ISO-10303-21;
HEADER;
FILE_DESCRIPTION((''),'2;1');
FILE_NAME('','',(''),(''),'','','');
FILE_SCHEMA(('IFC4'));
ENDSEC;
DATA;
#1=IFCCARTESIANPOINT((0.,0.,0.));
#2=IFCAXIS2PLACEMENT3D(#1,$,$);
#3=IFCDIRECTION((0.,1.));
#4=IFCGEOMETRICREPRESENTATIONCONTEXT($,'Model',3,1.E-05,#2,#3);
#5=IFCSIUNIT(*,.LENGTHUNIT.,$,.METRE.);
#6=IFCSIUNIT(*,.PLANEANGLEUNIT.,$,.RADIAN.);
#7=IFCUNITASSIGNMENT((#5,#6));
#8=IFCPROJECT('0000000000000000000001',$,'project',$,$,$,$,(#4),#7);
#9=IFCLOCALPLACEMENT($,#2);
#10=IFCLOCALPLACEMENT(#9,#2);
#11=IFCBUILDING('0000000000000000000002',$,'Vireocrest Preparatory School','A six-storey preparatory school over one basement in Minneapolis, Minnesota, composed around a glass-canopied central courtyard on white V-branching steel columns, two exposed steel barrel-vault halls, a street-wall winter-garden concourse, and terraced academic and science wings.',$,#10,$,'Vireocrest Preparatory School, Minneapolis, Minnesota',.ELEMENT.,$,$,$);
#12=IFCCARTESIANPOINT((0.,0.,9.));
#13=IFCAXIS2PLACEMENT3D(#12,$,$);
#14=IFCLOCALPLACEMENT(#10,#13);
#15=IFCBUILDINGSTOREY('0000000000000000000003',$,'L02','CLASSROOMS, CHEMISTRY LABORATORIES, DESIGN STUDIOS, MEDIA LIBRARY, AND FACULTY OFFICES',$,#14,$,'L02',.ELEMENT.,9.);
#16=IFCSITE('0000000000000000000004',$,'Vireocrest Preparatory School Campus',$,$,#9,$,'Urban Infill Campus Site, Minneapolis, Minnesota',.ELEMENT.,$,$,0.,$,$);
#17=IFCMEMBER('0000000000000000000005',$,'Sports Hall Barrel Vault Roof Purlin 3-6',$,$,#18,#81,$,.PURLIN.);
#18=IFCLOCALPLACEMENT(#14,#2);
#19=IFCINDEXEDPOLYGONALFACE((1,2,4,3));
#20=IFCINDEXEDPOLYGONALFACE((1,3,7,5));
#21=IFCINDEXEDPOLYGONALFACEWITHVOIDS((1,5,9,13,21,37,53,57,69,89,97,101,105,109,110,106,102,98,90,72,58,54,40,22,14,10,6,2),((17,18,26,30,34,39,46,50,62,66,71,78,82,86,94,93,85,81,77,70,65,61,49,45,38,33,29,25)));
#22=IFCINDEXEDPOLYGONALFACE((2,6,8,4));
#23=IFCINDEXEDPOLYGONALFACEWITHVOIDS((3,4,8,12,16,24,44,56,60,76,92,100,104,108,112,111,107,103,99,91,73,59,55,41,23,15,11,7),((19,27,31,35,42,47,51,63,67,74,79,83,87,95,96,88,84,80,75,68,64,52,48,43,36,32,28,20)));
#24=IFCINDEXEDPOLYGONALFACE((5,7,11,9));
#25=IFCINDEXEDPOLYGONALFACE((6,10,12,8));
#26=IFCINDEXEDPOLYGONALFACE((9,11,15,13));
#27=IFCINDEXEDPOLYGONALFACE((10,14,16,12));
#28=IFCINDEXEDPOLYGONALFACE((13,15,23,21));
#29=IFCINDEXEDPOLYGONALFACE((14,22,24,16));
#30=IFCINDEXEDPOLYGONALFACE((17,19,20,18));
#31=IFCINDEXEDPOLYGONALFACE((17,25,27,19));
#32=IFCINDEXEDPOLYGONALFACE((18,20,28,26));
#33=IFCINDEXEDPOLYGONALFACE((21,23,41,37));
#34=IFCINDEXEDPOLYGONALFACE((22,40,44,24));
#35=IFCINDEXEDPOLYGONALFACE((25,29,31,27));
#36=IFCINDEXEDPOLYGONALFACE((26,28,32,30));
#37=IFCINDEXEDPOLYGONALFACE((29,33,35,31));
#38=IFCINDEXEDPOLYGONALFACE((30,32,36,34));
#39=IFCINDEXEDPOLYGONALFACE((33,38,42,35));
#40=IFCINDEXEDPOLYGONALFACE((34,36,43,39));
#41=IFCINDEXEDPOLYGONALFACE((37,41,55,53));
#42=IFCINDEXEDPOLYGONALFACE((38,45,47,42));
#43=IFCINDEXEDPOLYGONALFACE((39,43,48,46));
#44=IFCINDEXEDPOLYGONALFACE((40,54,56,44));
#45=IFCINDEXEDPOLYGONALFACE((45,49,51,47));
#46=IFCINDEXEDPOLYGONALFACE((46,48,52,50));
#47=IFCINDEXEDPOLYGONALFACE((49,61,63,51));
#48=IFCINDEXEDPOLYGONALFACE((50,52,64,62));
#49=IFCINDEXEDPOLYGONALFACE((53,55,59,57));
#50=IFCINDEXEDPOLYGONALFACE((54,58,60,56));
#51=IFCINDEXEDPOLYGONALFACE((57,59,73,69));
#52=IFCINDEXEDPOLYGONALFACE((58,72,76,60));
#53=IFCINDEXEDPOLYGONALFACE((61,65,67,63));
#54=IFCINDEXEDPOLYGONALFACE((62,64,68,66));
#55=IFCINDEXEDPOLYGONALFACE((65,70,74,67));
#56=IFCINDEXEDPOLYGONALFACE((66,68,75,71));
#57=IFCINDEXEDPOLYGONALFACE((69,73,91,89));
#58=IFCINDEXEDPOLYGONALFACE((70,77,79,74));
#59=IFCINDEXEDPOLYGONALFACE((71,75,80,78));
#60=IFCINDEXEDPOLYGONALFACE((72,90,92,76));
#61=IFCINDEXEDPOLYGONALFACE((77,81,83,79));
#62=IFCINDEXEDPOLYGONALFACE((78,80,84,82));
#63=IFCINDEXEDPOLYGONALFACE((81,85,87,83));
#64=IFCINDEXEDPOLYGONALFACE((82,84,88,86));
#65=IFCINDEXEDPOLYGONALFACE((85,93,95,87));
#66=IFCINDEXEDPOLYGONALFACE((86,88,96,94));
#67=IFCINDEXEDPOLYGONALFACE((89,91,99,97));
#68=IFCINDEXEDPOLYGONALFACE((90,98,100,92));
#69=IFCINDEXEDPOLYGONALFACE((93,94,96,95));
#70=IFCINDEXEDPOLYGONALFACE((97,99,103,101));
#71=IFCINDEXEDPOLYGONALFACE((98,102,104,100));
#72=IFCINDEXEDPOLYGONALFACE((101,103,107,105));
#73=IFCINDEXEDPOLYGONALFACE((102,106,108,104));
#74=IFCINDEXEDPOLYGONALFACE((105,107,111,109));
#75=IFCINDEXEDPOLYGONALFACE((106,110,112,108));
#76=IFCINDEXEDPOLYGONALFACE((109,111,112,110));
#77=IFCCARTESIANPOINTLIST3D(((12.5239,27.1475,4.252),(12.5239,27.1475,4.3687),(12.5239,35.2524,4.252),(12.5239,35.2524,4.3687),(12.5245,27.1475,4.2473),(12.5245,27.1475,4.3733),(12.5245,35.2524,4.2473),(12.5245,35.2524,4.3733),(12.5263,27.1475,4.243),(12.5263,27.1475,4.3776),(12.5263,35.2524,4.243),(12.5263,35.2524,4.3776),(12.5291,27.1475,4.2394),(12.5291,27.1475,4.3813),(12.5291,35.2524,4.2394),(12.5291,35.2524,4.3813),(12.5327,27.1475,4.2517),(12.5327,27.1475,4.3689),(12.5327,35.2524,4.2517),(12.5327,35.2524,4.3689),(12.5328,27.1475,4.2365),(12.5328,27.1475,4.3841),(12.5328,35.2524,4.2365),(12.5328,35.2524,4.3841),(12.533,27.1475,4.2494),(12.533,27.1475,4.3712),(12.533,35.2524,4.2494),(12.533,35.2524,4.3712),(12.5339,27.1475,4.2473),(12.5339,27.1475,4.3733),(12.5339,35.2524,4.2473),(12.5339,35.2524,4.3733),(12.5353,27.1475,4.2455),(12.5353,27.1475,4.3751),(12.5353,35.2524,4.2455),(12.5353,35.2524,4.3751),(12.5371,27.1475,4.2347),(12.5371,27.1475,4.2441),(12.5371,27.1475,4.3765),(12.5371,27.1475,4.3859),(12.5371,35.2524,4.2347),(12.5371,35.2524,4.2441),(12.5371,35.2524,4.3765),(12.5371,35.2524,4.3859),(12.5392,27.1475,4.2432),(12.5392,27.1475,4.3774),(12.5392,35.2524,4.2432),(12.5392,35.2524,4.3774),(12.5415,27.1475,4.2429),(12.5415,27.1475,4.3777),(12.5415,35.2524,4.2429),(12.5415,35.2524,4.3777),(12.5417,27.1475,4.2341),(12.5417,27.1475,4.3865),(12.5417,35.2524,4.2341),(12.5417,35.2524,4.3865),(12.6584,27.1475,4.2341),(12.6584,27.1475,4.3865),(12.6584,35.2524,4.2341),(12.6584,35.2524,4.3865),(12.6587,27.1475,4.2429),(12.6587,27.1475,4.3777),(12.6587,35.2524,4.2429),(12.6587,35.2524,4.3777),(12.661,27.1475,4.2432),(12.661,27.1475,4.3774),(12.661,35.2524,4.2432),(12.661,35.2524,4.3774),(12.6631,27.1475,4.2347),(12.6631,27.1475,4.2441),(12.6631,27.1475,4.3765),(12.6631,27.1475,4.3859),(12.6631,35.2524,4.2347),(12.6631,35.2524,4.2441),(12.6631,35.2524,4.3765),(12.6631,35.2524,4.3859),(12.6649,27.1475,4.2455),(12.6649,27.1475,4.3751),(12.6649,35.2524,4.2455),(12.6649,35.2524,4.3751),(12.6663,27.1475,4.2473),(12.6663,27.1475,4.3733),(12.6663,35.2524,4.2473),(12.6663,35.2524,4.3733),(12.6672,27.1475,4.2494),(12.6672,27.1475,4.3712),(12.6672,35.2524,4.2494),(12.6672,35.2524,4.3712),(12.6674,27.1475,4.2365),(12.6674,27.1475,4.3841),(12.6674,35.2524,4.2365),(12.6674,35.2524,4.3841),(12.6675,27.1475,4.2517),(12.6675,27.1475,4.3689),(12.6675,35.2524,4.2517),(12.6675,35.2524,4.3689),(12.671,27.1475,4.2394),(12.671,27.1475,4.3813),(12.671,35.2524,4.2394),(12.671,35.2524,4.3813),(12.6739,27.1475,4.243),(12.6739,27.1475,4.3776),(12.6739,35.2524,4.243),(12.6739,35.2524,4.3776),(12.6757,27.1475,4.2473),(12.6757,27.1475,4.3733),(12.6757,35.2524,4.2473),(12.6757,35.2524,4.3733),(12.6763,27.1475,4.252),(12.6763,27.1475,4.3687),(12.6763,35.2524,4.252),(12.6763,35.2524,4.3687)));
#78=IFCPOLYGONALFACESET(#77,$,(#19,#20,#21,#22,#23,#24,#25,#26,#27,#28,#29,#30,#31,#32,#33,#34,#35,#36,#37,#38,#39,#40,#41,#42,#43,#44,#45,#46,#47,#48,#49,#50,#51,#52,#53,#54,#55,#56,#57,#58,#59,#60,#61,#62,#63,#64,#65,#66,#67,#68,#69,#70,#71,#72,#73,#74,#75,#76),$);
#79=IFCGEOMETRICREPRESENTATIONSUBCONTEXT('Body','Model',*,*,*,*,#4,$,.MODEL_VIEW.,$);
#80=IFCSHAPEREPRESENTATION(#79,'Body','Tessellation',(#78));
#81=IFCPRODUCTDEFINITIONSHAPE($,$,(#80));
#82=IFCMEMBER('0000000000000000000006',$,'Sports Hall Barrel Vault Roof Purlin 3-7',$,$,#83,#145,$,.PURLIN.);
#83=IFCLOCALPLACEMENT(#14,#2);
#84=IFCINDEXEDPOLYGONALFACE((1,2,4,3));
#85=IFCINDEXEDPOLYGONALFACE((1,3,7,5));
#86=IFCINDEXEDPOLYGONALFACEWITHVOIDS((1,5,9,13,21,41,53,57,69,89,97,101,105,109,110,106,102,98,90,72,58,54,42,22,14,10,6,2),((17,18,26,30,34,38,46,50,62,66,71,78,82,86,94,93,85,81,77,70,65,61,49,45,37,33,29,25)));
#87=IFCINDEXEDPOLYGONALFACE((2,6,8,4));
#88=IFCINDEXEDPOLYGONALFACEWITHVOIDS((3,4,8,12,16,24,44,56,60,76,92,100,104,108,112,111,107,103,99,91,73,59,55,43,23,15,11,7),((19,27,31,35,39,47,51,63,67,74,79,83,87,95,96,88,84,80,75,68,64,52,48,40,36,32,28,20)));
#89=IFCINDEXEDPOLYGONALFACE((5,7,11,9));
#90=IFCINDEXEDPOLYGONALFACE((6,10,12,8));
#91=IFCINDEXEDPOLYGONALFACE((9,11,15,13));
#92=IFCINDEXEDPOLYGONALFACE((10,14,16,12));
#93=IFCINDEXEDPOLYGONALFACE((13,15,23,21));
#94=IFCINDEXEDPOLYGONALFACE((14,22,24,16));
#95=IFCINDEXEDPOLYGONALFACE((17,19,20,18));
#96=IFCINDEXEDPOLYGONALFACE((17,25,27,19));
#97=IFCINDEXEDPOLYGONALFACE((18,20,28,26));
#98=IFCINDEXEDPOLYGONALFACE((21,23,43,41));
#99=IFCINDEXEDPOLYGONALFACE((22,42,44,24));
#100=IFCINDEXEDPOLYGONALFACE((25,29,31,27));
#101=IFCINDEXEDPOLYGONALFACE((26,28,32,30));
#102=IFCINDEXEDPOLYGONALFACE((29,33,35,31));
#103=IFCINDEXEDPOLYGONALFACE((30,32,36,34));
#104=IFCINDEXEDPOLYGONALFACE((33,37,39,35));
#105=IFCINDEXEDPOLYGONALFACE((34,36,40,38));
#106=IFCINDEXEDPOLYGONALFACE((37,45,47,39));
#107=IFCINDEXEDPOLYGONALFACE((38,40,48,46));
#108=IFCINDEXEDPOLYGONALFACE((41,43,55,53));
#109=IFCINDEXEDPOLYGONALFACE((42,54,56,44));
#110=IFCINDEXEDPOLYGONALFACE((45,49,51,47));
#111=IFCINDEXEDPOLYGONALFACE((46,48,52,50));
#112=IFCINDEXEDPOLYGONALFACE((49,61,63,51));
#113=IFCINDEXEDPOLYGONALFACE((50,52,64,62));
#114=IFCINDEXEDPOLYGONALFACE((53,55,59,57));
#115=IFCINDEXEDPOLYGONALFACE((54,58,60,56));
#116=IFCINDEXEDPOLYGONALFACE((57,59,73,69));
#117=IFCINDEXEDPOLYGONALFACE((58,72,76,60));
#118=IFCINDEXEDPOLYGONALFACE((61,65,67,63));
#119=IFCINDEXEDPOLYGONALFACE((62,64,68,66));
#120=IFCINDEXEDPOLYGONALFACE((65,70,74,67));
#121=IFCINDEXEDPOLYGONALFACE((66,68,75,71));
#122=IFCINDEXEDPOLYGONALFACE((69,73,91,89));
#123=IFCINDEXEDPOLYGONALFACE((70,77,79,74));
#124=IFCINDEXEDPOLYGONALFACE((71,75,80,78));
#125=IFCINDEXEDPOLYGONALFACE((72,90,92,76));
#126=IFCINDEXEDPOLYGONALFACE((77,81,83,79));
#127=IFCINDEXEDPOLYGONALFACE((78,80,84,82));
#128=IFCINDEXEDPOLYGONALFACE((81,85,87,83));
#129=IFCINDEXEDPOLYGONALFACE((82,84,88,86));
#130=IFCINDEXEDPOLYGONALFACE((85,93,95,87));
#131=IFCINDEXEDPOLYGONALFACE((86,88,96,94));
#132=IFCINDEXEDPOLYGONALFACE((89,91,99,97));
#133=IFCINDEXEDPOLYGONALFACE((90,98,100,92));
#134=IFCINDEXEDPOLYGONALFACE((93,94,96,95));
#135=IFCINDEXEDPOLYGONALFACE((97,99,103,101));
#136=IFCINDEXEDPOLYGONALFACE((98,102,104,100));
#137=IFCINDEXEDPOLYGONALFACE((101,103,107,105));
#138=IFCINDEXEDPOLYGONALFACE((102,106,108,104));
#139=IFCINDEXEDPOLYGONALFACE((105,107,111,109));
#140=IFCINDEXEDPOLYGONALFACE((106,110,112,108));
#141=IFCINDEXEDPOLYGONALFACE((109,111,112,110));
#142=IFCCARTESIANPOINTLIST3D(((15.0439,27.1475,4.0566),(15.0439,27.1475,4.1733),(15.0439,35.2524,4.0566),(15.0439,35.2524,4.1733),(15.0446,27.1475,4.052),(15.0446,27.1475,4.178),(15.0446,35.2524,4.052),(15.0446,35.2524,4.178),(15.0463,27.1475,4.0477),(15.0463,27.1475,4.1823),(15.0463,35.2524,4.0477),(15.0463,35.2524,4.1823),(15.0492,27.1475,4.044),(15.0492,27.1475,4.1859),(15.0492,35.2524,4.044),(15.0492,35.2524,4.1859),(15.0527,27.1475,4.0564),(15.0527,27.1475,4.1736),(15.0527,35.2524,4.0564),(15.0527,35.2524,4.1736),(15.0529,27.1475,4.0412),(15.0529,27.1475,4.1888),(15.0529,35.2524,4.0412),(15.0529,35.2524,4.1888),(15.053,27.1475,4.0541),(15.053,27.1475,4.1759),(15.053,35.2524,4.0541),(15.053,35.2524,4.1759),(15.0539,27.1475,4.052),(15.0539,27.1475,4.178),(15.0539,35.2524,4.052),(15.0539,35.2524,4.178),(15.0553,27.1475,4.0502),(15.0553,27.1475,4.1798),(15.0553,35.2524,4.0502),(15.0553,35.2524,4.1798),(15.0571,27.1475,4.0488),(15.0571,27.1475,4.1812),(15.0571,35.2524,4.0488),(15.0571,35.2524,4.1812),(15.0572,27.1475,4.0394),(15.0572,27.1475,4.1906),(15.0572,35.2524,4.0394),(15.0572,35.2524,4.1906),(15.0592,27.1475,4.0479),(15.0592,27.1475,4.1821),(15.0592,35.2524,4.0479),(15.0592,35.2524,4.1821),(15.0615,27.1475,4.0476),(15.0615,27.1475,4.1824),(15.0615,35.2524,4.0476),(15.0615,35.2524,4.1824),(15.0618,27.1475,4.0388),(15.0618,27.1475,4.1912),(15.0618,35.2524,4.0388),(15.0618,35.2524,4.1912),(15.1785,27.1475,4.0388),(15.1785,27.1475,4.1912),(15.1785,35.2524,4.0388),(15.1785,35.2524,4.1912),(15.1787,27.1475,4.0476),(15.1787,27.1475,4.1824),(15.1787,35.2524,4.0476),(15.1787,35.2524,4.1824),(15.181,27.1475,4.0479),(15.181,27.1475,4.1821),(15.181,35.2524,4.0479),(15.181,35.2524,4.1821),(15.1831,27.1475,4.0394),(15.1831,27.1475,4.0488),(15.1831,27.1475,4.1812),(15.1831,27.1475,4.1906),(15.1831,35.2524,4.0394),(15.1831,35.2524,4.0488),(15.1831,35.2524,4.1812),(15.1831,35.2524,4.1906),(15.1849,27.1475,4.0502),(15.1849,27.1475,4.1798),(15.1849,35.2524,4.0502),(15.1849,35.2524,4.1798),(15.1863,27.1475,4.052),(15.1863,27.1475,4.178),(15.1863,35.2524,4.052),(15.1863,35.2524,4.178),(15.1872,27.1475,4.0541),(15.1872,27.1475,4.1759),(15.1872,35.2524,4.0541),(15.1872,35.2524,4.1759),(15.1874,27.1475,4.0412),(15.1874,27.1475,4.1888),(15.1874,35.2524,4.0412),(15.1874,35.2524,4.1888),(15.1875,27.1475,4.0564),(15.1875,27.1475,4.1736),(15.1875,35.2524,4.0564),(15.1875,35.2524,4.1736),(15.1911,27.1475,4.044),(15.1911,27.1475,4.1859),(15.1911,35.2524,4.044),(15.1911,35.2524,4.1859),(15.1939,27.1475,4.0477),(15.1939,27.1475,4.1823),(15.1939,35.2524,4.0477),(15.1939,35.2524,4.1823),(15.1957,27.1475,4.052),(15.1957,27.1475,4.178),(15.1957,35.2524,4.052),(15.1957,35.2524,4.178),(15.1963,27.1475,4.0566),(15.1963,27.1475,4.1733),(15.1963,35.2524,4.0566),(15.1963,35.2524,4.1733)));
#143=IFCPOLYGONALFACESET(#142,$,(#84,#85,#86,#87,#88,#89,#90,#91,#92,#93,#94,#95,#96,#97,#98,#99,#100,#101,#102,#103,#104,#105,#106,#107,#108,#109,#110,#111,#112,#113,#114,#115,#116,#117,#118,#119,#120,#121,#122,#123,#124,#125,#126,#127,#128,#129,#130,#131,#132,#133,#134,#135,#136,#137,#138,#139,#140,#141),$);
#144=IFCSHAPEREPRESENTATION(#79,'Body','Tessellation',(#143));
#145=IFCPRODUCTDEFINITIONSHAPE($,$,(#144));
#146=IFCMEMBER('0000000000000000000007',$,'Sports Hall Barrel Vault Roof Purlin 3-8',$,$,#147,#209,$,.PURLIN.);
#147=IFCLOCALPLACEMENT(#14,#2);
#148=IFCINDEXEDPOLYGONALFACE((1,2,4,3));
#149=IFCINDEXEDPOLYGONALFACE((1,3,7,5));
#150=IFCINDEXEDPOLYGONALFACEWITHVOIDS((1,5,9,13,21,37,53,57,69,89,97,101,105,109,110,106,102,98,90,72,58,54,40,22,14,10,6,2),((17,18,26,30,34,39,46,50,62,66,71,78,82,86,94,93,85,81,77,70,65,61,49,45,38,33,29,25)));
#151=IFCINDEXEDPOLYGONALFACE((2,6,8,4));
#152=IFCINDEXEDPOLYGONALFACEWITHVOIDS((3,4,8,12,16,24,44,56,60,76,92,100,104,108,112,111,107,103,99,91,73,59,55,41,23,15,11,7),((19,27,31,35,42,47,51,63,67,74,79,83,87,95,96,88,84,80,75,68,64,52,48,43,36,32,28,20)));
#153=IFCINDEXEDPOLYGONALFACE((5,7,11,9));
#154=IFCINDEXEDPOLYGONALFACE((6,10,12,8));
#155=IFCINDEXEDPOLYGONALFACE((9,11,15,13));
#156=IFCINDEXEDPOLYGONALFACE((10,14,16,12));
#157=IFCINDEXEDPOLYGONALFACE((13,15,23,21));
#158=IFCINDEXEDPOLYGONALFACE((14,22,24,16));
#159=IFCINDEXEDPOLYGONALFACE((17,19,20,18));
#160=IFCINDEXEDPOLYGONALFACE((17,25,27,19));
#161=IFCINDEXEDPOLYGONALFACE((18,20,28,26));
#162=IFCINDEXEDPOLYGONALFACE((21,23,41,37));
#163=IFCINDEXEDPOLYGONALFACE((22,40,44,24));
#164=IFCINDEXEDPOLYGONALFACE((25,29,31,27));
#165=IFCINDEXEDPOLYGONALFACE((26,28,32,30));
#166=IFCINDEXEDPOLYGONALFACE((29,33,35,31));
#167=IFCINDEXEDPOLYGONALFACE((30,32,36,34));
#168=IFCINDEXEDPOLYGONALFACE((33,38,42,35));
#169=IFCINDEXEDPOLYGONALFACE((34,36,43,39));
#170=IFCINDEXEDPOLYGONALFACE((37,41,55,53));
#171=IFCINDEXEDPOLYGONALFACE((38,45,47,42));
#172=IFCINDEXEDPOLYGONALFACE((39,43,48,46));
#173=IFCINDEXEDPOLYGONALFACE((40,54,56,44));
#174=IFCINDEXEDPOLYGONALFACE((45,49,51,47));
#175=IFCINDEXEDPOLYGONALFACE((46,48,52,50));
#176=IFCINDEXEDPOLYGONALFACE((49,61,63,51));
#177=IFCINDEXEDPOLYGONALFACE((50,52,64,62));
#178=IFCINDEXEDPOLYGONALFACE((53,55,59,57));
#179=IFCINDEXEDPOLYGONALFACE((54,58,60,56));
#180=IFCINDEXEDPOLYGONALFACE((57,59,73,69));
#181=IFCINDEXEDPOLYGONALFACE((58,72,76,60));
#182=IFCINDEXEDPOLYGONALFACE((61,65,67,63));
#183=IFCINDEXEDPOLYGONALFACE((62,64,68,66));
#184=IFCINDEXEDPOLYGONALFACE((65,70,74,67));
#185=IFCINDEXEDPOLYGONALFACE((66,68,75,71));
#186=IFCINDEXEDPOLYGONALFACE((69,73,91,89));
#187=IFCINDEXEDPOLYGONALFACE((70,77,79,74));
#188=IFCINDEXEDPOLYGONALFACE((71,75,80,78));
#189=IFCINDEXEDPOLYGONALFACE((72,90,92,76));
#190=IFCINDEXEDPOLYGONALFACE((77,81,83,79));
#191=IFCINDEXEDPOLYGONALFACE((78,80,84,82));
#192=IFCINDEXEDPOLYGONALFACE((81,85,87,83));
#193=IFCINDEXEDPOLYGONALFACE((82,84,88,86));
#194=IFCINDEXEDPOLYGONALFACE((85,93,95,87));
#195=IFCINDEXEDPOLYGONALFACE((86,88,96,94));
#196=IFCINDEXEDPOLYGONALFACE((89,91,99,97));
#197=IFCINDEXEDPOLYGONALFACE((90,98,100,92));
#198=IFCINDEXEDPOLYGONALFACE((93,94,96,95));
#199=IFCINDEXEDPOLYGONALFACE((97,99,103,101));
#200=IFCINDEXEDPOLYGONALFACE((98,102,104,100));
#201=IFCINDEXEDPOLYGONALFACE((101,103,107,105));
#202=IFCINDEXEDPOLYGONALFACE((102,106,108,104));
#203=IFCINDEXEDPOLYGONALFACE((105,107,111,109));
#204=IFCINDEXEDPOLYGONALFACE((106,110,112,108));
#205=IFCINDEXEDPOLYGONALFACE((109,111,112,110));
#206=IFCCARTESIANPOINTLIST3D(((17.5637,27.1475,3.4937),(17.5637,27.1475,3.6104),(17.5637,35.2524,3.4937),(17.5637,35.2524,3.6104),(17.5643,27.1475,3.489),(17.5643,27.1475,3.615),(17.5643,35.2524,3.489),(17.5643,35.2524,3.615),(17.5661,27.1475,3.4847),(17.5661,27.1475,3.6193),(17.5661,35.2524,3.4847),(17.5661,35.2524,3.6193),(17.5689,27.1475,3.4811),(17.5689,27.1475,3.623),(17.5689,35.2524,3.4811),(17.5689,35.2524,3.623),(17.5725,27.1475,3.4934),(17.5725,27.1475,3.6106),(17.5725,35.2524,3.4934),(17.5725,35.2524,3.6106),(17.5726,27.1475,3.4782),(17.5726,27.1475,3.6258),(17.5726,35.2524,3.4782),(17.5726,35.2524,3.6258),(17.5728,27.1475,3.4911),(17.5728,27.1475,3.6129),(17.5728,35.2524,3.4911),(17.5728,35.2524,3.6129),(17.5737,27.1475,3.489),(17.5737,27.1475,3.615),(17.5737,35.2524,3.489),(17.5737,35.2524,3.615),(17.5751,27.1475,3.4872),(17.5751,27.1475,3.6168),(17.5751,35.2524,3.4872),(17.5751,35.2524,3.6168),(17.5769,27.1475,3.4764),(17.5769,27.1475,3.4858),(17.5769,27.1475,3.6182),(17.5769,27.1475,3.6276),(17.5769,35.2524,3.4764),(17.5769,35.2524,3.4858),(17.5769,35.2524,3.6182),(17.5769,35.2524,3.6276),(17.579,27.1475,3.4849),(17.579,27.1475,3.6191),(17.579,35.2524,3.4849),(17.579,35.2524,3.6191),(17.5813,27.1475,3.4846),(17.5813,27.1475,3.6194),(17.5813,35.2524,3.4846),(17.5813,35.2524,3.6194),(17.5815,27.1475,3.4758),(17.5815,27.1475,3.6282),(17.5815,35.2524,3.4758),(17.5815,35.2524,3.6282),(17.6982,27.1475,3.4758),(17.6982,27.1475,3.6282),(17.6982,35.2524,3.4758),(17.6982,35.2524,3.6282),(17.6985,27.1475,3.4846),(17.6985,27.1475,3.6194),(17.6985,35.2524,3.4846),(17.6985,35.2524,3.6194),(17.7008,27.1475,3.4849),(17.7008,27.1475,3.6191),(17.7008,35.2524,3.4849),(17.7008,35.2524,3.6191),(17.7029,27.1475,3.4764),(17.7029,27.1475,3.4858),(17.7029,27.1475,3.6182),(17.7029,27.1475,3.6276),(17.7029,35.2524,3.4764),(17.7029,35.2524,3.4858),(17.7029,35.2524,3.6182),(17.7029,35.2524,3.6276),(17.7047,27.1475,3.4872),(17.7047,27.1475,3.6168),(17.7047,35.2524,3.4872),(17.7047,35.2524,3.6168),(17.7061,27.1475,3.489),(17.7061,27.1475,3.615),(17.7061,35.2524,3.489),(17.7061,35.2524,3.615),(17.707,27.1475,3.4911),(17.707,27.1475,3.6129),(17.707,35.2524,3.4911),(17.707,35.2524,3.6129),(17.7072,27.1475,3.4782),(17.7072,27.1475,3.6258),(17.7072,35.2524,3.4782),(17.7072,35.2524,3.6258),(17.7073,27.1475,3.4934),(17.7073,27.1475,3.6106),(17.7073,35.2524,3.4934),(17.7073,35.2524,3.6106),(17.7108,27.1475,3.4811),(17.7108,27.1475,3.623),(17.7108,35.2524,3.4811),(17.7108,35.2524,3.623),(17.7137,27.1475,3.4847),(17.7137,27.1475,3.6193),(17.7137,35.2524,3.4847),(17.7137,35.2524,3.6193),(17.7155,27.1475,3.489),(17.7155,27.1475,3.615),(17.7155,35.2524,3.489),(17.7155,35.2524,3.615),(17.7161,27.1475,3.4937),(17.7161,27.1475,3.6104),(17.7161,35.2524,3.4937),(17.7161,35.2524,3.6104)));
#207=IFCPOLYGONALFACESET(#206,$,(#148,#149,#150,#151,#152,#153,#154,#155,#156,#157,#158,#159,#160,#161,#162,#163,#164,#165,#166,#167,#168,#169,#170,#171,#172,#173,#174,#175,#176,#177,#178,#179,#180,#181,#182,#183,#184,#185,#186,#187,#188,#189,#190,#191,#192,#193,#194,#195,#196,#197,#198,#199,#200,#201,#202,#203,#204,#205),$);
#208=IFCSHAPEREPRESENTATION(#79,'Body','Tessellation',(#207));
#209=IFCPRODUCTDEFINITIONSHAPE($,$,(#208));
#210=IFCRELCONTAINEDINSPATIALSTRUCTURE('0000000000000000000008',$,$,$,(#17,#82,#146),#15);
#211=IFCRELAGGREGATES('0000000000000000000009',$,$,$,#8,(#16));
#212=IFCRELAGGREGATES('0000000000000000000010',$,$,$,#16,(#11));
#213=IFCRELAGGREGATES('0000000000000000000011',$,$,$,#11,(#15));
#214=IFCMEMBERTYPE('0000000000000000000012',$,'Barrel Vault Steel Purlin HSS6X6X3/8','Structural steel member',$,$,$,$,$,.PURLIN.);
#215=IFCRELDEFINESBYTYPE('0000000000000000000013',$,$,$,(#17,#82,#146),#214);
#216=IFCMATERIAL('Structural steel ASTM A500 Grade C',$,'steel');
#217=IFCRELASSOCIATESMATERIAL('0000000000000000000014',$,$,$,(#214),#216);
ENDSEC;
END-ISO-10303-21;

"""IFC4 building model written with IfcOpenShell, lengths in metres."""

from ifc_helpers import new_model, si_unit, direction, frame, origin, origin_2d, place, context, subcontext, project, spatial, hollow_rectangle, extrude, material, material_profile, profile_set, type_object, element, save


model = new_model("IFC4")

# Units and contexts
model_context = context("Model", 3, precision=1e-05, world=origin(), true_north=direction((0.0, 1.0)))
body_context = subcontext(model_context, "Body", "Model", "MODEL_VIEW")
ifc_project = project(units=[si_unit("LENGTHUNIT", "METRE"), si_unit("PLANEANGLEUNIT", "RADIAN")], contexts=[model_context])

# Site, building, storey
site_placement = place(None, origin())
site = spatial("IfcSite", under=ifc_project, at=site_placement, Name="Vireocrest Preparatory School Campus", LongName="Urban Infill Campus Site, Minneapolis, Minnesota", CompositionType="ELEMENT", RefElevation=0.0)
building_placement = place(site_placement, origin())
building = spatial("IfcBuilding", under=site, at=building_placement, Name="Vireocrest Preparatory School", Description="A six-storey preparatory school over one basement in Minneapolis, Minnesota, composed around a glass-canopied central courtyard on white V-branching steel columns, two exposed steel barrel-vault halls, a street-wall winter-garden concourse, and terraced academic and science wings.", LongName="Vireocrest Preparatory School, Minneapolis, Minnesota", CompositionType="ELEMENT")
storey_placement = place(building_placement, frame((0.0, 0.0, 9.0)))
storey = spatial("IfcBuildingStorey", under=building, at=storey_placement, Name="L02", Description="CLASSROOMS, CHEMISTRY LABORATORIES, DESIGN STUDIOS, MEDIA LIBRARY, AND FACULTY OFFICES", LongName="L02", CompositionType="ELEMENT", Elevation=9.0)

# Members
ifc_material_1 = material(Name="Structural steel ASTM A500 Grade C", Category="steel")
ifc_material_profile_1 = material_profile(ifc_material_1, hollow_rectangle(XDim=0.1523, YDim=0.1523, WallThickness=0.0088, InnerFilletRadius=0.0088, OuterFilletRadius=0.0178, at=origin_2d()), Name="HSS6X6X3/8")
ifc_profile_set_1 = profile_set([ifc_material_profile_1], Name="Structural steel ASTM A500 Grade C")
member_type = type_object("IfcMemberType", Name="Barrel Vault Steel Purlin HSS6X6X3/8", Description="Structural steel member", PredefinedType="PURLIN", material=ifc_profile_set_1)
for number, where, z_axis, x_axis, name in (
    (1, (12.6001, 27.1475, 4.3103), (0.0, 1.0, 0.0), (-1.0, 0.0, 0.0), "Sports Hall Barrel Vault Roof Purlin 3-6"),
    (2, (15.1201, 27.1475, 4.115), (0.0, 1.0, 0.0), (-1.0, 0.0, 0.0), "Sports Hall Barrel Vault Roof Purlin 3-7"),
    (3, (17.6399, 27.1475, 3.552), (0.0, 1.0, 0.0), (-1.0, 0.0, 0.0), "Sports Hall Barrel Vault Roof Purlin 3-8"),
):
    element("IfcMember", number, at=place(storey_placement, frame(where, z_axis=z_axis, x_axis=x_axis)), inside=storey, type_object=member_type, Name=name, PredefinedType="PURLIN", context=body_context, shape_type="SweptSolid", body=[
        extrude(hollow_rectangle(XDim=0.1523, YDim=0.1523, WallThickness=0.0088, InnerFilletRadius=0.0088, OuterFilletRadius=0.0178, at=origin_2d()), origin(), (0.0, 0.0, 1.0), 8.105),
    ])

save(model, "model.ifc")
